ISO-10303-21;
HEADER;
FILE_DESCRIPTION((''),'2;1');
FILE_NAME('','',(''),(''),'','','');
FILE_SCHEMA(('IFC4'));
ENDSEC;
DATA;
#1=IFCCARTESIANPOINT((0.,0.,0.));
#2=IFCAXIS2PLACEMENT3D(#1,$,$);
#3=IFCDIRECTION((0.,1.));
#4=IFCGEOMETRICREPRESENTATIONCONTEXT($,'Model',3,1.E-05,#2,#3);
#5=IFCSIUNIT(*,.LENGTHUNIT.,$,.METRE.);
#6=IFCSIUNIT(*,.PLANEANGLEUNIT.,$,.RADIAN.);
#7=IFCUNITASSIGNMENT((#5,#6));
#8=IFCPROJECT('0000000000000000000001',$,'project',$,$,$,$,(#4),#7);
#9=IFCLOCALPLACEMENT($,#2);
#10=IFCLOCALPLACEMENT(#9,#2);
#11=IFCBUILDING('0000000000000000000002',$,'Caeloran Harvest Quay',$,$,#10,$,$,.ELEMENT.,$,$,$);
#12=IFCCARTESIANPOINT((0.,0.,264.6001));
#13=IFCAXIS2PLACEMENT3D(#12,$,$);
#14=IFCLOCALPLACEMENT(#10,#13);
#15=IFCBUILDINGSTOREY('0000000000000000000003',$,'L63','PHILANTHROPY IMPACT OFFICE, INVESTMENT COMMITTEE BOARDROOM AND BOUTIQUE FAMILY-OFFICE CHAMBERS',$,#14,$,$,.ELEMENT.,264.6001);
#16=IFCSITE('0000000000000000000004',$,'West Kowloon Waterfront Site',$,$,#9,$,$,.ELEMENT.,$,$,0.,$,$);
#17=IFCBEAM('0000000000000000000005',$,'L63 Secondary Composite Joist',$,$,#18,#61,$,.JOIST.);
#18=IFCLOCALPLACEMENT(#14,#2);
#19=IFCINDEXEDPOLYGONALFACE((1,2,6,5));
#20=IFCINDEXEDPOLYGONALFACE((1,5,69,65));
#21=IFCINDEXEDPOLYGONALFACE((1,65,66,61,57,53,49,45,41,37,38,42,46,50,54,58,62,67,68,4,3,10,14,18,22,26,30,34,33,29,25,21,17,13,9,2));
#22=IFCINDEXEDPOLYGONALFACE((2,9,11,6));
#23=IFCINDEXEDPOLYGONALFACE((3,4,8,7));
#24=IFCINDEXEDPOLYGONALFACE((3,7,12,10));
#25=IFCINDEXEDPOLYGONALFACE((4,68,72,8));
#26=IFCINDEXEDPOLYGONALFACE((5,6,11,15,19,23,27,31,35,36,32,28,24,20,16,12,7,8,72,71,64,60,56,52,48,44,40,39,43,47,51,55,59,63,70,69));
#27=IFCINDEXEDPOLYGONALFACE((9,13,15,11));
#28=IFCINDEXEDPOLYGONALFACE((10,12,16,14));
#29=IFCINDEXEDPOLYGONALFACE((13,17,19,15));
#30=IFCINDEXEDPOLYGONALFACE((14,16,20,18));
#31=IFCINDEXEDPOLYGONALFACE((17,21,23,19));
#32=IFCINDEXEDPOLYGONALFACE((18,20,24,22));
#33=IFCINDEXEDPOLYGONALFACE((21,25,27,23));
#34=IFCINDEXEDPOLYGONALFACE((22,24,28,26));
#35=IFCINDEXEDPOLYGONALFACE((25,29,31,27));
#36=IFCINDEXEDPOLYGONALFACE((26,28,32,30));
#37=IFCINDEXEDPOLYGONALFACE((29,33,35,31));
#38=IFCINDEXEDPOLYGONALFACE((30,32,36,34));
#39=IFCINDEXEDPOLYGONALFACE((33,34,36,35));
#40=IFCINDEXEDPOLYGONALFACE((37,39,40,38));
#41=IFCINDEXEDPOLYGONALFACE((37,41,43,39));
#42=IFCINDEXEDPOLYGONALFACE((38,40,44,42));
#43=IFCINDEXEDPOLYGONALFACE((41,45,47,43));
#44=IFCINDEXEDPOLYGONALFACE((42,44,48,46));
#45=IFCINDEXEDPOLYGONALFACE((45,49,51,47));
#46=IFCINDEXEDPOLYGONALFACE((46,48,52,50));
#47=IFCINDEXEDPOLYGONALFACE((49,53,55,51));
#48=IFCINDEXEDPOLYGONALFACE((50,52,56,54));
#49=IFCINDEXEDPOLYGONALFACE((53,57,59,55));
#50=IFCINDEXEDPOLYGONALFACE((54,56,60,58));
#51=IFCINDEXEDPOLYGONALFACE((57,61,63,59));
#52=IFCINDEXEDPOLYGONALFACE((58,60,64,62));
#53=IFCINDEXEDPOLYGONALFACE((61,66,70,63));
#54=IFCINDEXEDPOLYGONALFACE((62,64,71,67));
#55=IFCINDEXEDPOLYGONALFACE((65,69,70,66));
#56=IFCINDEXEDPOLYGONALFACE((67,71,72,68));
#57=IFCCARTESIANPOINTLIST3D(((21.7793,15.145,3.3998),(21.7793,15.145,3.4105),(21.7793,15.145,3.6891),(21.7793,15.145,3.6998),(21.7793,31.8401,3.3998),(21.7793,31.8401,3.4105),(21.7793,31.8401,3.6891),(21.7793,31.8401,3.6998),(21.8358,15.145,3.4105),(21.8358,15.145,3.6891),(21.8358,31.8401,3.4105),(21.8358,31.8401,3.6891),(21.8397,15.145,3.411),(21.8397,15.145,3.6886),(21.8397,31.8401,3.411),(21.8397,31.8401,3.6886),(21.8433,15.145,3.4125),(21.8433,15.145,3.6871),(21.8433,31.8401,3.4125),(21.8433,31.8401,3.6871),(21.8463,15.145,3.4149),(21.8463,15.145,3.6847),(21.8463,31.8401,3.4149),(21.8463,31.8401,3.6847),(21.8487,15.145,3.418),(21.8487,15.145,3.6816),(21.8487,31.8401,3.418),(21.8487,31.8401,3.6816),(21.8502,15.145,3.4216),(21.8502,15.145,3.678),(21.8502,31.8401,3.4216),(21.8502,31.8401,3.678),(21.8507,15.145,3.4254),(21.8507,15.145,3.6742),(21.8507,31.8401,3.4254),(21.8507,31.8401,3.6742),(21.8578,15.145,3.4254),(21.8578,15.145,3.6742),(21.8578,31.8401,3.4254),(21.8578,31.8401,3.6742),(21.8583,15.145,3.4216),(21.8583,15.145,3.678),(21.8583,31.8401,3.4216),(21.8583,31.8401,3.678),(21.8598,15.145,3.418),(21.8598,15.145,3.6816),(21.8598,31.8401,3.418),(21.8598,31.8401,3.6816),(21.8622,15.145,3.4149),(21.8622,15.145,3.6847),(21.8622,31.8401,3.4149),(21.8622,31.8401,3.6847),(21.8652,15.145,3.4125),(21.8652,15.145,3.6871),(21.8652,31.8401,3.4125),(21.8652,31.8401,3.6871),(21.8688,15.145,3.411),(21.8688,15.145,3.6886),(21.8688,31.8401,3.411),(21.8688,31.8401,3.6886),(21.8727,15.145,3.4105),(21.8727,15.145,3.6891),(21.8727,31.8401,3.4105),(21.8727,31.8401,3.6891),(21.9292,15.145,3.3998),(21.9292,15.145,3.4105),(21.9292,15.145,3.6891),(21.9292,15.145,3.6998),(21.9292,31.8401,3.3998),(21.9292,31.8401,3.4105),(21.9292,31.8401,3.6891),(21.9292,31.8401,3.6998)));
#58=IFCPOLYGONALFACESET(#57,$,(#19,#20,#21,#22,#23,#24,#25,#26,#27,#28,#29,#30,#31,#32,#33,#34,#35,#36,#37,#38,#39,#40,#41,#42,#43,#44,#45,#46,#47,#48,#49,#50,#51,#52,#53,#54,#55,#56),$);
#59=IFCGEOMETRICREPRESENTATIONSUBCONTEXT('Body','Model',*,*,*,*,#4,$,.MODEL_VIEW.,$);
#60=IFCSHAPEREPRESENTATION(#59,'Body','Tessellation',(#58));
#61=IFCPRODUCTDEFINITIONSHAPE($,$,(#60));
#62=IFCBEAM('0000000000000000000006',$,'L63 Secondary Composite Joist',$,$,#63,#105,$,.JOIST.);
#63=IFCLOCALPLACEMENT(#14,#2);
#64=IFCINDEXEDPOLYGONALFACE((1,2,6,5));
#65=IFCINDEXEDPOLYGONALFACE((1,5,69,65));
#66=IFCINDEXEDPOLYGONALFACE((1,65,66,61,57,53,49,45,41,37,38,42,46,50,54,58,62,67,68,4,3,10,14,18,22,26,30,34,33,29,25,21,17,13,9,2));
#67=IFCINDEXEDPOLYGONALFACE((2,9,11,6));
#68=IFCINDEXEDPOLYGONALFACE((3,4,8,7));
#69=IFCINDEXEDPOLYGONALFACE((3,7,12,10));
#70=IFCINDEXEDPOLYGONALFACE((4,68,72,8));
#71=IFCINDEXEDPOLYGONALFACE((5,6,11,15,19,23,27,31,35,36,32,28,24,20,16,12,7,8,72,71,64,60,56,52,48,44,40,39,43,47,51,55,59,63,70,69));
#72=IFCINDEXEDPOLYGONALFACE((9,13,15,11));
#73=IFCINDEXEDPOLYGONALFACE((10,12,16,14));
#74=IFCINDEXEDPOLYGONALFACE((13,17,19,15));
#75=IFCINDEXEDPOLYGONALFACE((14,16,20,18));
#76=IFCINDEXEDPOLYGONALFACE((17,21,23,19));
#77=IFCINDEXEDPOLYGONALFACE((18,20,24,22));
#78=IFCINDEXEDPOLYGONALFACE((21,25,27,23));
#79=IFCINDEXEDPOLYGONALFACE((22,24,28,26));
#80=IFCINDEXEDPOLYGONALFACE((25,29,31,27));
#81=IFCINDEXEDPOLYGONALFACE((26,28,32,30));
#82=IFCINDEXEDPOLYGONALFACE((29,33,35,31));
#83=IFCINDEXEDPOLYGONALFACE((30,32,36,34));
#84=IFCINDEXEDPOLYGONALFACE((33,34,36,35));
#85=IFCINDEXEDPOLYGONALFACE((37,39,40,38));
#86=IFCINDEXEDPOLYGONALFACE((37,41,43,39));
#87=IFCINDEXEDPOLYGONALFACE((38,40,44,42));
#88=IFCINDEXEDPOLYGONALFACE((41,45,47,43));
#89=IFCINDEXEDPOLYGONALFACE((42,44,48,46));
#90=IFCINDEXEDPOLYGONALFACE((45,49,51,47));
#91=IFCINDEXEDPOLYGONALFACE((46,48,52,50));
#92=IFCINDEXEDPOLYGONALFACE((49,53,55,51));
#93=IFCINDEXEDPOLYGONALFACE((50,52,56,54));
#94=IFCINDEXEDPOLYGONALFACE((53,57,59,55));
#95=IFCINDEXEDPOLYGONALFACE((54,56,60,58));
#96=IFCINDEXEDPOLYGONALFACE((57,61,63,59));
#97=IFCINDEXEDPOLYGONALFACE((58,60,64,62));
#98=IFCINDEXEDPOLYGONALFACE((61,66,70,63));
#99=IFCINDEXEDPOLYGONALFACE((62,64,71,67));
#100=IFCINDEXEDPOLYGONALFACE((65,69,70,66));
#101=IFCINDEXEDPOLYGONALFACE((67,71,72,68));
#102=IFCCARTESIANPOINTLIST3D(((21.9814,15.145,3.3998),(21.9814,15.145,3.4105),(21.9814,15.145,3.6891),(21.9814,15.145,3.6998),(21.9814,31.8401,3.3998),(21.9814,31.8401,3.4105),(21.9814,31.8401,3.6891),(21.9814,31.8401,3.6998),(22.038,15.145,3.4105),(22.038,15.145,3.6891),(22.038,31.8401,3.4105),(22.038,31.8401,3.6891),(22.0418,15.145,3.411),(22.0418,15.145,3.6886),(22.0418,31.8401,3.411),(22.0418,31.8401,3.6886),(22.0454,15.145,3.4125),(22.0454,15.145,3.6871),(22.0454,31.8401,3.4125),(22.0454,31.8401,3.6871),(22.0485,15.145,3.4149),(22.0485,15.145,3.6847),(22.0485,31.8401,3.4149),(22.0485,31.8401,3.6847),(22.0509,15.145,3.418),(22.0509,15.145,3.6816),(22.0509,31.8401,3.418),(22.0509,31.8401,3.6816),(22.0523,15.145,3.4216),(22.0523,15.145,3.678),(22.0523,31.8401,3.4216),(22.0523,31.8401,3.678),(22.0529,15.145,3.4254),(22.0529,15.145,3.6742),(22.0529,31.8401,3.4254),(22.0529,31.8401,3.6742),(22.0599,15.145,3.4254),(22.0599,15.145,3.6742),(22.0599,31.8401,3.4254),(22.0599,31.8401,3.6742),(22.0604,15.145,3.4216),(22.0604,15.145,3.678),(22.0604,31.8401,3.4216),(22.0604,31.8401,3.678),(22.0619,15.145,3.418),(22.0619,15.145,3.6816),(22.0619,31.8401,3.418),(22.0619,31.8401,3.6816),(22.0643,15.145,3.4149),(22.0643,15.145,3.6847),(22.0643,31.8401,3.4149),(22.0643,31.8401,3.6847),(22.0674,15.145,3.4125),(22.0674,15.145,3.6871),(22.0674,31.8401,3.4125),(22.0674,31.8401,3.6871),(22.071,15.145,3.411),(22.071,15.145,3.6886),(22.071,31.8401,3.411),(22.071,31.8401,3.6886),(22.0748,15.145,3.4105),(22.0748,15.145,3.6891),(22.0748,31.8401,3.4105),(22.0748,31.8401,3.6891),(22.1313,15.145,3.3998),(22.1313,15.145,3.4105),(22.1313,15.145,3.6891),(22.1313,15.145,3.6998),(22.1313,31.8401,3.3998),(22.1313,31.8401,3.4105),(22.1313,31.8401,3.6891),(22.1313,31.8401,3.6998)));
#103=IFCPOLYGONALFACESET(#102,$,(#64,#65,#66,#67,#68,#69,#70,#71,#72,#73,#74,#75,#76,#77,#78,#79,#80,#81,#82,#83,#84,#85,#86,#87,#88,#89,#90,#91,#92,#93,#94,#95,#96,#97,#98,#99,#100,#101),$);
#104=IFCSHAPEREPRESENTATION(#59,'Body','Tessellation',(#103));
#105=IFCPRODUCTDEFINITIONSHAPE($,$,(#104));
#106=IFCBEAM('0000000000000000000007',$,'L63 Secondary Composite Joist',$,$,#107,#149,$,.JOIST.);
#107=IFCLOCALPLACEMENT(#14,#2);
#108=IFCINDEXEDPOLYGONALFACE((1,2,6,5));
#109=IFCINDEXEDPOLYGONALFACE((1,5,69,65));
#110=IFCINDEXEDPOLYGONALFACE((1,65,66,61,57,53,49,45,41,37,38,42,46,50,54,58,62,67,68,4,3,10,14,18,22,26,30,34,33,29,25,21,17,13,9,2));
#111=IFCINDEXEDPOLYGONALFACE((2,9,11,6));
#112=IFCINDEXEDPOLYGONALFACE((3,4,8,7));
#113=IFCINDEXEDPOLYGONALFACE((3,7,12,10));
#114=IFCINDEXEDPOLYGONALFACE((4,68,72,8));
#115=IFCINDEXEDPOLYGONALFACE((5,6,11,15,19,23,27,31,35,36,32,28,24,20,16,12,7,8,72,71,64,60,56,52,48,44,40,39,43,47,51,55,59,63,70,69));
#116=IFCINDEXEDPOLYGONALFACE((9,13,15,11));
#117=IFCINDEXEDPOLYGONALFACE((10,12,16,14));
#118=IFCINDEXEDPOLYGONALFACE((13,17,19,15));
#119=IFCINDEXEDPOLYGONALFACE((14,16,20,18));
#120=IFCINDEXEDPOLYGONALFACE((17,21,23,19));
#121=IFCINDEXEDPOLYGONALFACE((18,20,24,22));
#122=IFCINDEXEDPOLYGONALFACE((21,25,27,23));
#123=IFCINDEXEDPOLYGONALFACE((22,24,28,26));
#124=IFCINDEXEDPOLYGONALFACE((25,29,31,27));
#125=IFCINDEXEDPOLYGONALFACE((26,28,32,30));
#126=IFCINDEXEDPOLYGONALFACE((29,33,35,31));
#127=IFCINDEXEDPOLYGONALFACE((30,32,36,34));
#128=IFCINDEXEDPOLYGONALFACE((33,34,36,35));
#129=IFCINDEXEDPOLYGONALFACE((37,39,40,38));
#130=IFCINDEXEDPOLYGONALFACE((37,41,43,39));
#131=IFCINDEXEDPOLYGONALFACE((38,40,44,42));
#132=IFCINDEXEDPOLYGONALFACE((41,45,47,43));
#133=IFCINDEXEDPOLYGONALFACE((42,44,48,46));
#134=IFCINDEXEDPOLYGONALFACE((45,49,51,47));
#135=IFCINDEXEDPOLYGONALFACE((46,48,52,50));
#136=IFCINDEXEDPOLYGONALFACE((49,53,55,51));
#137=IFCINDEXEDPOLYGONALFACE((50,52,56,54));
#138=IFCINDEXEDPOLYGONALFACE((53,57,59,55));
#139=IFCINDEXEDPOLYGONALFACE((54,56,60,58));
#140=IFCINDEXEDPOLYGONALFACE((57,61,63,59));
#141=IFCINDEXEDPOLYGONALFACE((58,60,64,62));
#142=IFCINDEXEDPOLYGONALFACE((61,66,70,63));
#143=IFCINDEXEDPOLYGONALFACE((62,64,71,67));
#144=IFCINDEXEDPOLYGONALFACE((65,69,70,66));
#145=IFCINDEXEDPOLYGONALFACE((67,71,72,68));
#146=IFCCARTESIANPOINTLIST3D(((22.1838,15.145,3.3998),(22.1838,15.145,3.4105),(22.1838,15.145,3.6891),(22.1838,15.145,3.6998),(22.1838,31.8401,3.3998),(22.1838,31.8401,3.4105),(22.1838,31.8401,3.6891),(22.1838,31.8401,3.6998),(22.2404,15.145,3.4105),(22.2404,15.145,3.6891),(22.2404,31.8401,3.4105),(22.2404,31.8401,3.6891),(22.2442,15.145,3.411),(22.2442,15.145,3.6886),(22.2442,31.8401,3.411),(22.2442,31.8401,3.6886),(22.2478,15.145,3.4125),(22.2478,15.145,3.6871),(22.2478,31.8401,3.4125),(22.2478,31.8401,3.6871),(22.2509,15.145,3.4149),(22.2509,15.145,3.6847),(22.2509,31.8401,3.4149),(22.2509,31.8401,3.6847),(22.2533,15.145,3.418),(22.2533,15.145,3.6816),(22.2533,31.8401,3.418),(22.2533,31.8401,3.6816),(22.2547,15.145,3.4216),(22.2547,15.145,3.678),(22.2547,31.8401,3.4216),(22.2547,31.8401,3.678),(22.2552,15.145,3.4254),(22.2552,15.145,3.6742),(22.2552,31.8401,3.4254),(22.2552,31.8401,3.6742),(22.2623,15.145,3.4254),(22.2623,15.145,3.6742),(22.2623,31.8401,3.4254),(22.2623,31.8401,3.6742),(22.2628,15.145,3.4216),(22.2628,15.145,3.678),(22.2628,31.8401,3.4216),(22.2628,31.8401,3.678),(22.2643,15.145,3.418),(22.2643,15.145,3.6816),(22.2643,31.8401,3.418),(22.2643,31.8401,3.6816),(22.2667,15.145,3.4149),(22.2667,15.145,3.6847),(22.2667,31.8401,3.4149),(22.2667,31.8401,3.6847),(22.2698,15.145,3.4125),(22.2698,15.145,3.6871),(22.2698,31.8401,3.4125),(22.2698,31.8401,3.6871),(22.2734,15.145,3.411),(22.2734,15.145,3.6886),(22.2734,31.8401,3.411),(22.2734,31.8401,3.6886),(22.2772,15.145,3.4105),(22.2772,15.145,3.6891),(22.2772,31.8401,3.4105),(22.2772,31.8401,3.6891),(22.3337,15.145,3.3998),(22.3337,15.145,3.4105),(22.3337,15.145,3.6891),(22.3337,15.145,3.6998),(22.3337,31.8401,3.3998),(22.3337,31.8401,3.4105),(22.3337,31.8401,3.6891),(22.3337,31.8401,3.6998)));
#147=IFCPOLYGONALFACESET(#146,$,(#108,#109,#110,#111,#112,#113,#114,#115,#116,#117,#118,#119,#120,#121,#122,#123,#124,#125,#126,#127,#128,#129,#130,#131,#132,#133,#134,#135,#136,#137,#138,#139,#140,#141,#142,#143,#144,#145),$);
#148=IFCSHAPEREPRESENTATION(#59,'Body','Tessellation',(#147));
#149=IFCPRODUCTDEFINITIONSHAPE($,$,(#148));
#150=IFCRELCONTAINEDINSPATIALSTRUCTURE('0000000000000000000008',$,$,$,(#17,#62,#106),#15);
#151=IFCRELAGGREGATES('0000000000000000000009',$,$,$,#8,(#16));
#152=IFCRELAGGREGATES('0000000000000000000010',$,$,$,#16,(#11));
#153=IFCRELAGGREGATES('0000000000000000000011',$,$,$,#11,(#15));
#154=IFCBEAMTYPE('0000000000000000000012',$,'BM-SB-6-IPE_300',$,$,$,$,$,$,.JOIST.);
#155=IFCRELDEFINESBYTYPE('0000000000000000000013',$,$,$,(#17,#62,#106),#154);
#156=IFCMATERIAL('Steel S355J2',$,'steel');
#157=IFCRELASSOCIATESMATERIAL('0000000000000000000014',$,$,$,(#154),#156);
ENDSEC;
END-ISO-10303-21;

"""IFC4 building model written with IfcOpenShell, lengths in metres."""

from ifc_helpers import new_model, si_unit, direction, frame, origin, origin_2d, place, context, subcontext, project, spatial, i_section, extrude, material, material_profile, profile_set, type_object, element, save


model = new_model("IFC4")

# Units and contexts
model_context = context("Model", 3, precision=1e-05, world=origin(), true_north=direction((0.0, 1.0)))
body_context = subcontext(model_context, "Body", "Model", "MODEL_VIEW")
ifc_project = project(units=[si_unit("LENGTHUNIT", "METRE"), si_unit("PLANEANGLEUNIT", "RADIAN")], contexts=[model_context])

# Site, building, storey
site_placement = place(None, origin())
site = spatial("IfcSite", under=ifc_project, at=site_placement, Name="West Kowloon Waterfront Site", CompositionType="ELEMENT", RefElevation=0.0)
building_placement = place(site_placement, origin())
building = spatial("IfcBuilding", under=site, at=building_placement, Name="Caeloran Harvest Quay", CompositionType="ELEMENT")
storey_placement = place(building_placement, frame((0.0, 0.0, 264.6001)))
storey = spatial("IfcBuildingStorey", under=building, at=storey_placement, Name="L63", Description="PHILANTHROPY IMPACT OFFICE, INVESTMENT COMMITTEE BOARDROOM AND BOUTIQUE FAMILY-OFFICE CHAMBERS", CompositionType="ELEMENT", Elevation=264.6001)

# Beams
ifc_material_1 = material(Name="Steel S355J2", Category="steel")
ifc_material_profile_1 = material_profile(ifc_material_1, i_section(OverallWidth=0.1499, OverallDepth=0.3, WebThickness=0.0071, FlangeThickness=0.0107, FilletRadius=0.0149, at=origin_2d()), Name="IPE 300")
ifc_profile_set_1 = profile_set([ifc_material_profile_1], Name="Steel S355J2")
beam_type_1 = type_object("IfcBeamType", Name="BM-SB-6-IPE_300", PredefinedType="JOIST", material=ifc_profile_set_1)
for number, where, z_axis, x_axis, name in (
    (1, (21.8542, 15.145, 3.5498), (0.0, 1.0, 0.0), (-1.0, 0.0, 0.0), "L63 Secondary Composite Joist"),
    (2, (22.0564, 15.145, 3.5498), (0.0, 1.0, 0.0), (-1.0, 0.0, 0.0), "L63 Secondary Composite Joist"),
    (3, (22.2588, 15.145, 3.5498), (0.0, 1.0, 0.0), (-1.0, 0.0, 0.0), "L63 Secondary Composite Joist"),
):
    element("IfcBeam", number, at=place(storey_placement, frame(where, z_axis=z_axis, x_axis=x_axis)), inside=storey, type_object=beam_type_1, Name=name, PredefinedType="JOIST", context=body_context, shape_type="SweptSolid", body=[
        extrude(i_section(OverallWidth=0.1499, OverallDepth=0.3, WebThickness=0.0071, FlangeThickness=0.0107, FilletRadius=0.0149, at=origin_2d()), origin(), (0.0, 0.0, 1.0), 16.6951),
    ])

save(model, "model.ifc")
